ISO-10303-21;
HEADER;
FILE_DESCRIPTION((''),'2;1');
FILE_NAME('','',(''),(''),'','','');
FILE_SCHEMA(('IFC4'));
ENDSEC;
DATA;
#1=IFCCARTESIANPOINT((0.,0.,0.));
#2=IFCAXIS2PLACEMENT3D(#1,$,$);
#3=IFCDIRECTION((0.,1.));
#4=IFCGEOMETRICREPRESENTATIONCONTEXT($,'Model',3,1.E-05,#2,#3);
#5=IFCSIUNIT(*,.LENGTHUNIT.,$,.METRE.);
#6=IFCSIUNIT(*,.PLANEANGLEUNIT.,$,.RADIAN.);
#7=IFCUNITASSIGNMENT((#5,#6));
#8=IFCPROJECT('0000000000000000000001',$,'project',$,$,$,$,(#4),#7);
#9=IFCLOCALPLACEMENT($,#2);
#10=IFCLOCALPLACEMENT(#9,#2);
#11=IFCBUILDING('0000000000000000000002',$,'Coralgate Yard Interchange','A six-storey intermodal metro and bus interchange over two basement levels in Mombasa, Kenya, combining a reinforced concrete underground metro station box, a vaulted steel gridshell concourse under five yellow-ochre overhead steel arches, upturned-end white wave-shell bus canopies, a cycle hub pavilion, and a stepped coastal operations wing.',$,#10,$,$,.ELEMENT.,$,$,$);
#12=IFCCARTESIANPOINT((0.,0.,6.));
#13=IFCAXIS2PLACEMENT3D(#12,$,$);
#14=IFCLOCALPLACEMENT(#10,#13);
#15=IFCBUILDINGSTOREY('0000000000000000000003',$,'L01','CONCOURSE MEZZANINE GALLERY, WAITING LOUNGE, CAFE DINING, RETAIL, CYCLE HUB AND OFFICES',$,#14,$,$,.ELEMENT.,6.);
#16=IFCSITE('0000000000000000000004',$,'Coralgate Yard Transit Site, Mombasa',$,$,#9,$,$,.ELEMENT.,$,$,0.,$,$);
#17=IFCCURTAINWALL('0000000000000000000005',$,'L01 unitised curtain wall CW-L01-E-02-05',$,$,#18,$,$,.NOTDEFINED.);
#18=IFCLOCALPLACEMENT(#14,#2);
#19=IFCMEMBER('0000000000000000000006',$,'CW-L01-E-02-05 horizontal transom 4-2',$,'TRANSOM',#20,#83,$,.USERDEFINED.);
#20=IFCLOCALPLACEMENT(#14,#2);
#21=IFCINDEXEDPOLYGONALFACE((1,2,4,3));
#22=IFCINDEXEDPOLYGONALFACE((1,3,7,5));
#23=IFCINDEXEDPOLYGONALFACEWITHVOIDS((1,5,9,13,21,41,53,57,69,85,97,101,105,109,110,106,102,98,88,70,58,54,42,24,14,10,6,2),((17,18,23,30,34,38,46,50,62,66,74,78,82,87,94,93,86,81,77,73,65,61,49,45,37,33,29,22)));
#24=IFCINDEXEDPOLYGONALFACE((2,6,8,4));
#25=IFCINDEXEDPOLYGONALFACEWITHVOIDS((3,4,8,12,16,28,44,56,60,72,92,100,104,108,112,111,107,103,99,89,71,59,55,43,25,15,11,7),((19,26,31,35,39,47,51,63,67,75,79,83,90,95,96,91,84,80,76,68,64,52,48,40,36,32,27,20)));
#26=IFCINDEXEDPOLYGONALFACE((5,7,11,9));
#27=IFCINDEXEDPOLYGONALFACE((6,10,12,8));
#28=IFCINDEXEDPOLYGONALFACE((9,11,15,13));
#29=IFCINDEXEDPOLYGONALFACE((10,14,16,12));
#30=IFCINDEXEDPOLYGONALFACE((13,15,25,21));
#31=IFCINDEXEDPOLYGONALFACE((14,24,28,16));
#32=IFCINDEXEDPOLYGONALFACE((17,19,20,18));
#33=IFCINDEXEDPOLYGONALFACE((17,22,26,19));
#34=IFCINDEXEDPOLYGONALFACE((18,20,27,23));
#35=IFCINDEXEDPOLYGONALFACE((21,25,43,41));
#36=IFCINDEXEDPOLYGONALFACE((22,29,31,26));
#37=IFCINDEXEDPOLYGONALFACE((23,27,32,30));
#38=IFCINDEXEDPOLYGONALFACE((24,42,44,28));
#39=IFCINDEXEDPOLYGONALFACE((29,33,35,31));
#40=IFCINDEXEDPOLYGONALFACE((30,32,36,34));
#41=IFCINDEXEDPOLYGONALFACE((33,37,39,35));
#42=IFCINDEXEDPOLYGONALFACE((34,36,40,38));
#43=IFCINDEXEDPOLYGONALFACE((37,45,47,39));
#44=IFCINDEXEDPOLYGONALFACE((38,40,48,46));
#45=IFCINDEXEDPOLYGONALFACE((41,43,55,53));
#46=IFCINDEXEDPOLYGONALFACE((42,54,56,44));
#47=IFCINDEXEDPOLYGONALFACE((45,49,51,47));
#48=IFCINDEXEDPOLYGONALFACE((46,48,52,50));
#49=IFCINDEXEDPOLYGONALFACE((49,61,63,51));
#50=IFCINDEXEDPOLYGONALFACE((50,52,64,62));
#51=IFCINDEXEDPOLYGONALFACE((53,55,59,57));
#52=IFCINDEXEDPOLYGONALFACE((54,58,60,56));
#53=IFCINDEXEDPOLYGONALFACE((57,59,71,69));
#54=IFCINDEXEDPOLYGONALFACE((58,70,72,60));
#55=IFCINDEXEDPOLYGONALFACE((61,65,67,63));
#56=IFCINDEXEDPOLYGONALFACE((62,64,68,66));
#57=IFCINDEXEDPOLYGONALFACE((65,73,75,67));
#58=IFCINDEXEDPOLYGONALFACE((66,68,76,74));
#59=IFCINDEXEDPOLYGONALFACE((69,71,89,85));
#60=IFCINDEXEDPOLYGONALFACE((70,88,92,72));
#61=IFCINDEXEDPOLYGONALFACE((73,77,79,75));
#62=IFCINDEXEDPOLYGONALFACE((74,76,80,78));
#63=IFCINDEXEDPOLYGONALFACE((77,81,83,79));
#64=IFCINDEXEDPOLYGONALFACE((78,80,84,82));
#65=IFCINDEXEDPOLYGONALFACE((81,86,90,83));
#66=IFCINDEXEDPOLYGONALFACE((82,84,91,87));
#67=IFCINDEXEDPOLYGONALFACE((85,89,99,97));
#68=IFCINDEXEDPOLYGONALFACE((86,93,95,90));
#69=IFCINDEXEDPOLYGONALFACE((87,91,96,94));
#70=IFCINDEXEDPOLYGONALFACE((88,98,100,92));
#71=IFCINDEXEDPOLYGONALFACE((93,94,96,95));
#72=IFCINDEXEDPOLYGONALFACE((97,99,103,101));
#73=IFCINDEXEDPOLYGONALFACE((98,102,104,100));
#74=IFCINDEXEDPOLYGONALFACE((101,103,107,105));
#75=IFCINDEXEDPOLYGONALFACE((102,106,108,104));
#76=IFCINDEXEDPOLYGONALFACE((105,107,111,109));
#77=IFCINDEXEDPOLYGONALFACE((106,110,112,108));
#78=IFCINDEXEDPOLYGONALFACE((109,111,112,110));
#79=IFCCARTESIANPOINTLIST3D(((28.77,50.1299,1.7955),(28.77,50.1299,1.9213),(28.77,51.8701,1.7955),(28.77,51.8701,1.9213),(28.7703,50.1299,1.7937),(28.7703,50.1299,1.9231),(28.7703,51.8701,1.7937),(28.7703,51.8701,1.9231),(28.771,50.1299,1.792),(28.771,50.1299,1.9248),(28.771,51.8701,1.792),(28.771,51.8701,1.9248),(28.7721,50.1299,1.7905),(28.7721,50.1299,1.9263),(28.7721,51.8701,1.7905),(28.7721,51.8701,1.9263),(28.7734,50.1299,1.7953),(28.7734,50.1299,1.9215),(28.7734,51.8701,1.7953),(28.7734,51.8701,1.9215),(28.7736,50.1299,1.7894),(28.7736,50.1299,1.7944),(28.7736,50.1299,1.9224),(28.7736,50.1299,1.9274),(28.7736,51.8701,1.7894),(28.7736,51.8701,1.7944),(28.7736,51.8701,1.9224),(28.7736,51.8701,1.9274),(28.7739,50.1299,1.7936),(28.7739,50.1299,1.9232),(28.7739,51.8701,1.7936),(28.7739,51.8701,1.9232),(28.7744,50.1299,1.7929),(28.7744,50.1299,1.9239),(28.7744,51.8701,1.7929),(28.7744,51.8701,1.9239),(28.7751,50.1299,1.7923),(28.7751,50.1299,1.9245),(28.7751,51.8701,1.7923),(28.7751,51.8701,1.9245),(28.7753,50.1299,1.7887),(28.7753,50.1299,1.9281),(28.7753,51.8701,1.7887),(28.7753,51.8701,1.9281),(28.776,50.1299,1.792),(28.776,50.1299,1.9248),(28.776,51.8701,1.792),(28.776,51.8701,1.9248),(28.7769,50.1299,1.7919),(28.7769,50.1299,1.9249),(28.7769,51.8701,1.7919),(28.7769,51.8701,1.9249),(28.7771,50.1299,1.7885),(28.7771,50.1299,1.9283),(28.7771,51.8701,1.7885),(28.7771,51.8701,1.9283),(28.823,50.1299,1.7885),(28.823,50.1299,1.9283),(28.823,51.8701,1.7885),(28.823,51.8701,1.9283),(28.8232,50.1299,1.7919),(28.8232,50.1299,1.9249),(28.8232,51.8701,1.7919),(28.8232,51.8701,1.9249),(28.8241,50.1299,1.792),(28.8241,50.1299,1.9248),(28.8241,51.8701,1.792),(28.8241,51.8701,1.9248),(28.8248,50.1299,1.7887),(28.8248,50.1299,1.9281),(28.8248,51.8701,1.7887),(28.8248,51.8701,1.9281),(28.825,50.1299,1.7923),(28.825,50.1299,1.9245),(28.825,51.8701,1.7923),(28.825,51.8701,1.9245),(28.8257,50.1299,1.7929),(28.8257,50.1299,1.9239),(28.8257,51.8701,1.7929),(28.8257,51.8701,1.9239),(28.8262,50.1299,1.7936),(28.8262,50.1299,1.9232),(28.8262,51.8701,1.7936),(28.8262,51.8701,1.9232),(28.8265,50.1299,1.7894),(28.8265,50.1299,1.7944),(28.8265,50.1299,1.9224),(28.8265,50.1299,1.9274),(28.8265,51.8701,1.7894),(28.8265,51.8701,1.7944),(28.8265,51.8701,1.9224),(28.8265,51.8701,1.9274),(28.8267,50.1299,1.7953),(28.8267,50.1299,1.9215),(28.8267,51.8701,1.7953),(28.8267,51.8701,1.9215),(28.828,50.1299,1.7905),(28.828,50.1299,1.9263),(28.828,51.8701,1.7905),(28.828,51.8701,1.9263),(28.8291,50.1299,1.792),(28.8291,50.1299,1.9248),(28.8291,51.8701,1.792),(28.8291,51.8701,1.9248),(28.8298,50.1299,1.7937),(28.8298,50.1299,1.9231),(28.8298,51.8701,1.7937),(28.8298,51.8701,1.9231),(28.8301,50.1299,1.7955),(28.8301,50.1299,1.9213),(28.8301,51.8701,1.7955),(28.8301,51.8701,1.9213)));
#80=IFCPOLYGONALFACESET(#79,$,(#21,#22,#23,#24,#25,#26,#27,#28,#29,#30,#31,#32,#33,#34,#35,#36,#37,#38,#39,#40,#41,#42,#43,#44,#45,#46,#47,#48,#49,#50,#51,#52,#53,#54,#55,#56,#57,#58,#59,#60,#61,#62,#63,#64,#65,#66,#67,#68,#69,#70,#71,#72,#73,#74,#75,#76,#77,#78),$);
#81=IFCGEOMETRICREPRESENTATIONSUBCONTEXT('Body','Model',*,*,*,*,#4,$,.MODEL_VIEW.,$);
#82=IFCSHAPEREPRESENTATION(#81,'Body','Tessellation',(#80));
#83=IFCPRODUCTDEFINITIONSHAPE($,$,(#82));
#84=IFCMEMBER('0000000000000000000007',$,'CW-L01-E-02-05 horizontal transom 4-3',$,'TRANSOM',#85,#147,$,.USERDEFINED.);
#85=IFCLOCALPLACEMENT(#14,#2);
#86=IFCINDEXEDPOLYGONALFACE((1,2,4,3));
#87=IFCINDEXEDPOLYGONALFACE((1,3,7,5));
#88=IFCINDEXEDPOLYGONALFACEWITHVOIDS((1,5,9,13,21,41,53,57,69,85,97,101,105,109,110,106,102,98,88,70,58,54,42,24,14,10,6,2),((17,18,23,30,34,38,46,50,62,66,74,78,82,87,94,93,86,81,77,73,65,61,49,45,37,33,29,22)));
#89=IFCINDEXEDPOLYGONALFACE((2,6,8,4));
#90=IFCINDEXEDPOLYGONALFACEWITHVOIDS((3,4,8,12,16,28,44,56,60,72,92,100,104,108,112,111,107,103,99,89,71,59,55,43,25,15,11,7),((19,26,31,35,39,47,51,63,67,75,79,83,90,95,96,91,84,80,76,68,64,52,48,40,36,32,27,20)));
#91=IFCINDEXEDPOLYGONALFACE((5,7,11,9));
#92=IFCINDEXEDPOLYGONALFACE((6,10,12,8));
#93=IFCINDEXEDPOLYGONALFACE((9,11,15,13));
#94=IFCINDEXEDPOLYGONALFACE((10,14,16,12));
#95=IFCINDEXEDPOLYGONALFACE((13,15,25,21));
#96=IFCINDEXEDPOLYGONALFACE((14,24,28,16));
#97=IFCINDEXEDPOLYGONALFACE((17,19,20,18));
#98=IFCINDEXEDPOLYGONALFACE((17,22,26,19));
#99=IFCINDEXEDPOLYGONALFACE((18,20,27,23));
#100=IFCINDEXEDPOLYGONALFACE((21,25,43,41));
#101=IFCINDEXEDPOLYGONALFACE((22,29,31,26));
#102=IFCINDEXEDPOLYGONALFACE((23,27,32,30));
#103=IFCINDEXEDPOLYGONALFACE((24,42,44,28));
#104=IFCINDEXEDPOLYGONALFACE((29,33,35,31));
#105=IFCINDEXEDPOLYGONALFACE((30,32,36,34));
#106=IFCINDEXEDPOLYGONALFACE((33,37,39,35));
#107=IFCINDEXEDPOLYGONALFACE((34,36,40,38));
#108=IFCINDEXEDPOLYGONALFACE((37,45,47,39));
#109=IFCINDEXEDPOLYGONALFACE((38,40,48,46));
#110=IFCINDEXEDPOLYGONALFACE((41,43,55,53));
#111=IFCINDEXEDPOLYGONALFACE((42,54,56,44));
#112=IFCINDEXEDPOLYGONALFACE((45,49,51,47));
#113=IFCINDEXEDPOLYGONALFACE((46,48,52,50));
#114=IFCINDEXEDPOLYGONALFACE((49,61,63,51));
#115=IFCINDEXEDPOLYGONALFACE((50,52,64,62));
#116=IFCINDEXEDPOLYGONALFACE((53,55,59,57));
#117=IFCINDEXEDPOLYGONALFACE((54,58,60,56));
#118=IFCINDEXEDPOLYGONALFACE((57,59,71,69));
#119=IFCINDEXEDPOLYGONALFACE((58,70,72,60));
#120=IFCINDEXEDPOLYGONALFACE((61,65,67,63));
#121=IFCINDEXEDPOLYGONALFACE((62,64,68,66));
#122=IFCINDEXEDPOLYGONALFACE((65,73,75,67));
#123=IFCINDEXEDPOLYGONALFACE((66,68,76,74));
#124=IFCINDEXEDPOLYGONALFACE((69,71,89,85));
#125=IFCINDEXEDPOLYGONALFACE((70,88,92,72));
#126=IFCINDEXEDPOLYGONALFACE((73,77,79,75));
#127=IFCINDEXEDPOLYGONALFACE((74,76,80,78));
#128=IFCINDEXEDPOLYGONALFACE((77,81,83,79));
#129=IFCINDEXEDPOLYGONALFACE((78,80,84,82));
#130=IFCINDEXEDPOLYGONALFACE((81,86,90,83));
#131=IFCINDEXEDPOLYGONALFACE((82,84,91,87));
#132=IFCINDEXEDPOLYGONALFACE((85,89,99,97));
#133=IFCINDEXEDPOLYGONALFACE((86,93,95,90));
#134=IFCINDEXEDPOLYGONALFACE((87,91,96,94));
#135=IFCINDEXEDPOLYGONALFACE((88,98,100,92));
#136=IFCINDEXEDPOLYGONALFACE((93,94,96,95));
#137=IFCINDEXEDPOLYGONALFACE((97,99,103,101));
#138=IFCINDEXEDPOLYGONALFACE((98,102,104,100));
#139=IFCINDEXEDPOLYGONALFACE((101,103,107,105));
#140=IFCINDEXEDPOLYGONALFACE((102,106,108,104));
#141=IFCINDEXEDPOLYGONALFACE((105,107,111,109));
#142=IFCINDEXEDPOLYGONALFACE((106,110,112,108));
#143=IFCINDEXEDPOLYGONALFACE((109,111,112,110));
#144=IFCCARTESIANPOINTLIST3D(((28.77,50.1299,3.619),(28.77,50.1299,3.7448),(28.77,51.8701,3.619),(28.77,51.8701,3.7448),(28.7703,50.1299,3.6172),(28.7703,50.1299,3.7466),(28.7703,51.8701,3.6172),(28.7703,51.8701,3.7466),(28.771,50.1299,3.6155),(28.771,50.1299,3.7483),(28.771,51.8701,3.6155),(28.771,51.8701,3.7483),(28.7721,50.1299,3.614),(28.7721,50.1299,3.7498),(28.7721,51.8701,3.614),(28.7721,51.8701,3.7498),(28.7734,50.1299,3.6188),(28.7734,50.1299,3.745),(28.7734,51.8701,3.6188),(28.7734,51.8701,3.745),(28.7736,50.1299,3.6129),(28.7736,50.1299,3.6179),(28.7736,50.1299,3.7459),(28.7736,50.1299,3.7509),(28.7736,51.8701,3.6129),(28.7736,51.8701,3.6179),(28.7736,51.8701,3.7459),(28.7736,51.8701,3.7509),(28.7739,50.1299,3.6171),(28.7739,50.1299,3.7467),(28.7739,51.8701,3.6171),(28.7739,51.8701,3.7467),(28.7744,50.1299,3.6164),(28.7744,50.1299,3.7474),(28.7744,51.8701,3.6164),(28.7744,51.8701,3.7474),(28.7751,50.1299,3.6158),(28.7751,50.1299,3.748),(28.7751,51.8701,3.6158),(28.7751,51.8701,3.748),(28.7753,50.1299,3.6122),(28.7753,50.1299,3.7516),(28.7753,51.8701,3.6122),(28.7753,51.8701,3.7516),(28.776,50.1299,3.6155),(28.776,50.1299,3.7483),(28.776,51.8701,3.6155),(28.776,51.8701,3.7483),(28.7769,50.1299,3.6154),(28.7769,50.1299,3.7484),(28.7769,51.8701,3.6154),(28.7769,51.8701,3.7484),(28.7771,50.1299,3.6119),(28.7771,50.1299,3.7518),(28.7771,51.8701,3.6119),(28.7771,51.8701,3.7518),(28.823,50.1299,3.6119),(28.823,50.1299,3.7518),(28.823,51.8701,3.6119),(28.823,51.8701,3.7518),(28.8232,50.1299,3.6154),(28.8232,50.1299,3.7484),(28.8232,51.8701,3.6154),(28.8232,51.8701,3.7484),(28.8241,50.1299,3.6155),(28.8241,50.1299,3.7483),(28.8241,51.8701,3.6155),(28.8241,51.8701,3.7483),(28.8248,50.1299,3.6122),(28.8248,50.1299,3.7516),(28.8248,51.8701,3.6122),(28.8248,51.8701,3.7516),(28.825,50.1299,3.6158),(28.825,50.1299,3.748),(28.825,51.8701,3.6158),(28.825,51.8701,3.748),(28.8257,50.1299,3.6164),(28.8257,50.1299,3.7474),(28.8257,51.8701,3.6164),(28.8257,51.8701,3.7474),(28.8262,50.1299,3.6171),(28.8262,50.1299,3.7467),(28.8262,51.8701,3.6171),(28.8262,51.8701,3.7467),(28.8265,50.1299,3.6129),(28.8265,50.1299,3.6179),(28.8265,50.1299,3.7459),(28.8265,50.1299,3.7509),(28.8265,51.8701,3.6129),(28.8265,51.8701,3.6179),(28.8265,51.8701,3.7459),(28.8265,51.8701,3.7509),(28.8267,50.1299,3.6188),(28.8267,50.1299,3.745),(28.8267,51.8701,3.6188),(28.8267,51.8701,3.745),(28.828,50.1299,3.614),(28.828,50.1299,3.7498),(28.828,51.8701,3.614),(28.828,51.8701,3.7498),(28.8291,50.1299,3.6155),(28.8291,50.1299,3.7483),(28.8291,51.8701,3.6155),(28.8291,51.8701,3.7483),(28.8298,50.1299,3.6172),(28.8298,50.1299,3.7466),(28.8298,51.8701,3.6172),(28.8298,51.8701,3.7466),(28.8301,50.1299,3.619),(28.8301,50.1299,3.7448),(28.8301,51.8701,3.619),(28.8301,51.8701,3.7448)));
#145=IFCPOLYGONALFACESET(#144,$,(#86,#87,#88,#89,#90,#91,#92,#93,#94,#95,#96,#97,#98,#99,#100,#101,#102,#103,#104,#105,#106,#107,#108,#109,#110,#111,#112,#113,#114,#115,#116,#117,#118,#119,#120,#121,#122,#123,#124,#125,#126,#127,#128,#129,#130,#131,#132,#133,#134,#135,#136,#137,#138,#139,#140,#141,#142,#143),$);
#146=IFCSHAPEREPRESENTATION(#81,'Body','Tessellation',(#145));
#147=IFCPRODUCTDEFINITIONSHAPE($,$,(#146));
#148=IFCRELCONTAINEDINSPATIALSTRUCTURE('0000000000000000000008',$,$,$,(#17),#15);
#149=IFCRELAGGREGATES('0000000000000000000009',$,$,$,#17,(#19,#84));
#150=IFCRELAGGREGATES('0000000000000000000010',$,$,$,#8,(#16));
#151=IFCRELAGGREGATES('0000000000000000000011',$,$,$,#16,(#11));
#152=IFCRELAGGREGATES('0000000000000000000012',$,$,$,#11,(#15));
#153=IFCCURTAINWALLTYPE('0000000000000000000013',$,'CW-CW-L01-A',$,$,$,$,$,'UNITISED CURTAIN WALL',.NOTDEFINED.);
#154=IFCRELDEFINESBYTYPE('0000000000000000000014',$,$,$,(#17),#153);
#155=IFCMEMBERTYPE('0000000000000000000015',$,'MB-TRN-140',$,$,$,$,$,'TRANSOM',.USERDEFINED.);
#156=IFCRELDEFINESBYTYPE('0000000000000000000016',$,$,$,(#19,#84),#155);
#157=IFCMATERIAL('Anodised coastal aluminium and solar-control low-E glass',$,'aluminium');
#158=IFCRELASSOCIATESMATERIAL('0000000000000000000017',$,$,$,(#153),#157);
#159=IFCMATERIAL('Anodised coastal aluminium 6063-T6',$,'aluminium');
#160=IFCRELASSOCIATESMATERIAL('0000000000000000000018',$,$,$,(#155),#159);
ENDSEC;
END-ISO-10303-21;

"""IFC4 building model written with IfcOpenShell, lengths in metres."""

from ifc_helpers import new_model, si_unit, direction, frame, origin, origin_2d, place, context, subcontext, project, spatial, hollow_rectangle, extrude, material, material_profile, profile_set, type_object, element, aggregate, save


model = new_model("IFC4")

# Units and contexts
model_context = context("Model", 3, precision=1e-05, world=origin(), true_north=direction((0.0, 1.0)))
body_context = subcontext(model_context, "Body", "Model", "MODEL_VIEW")
ifc_project = project(units=[si_unit("LENGTHUNIT", "METRE"), si_unit("PLANEANGLEUNIT", "RADIAN")], contexts=[model_context])

# Site, building, storey
site_placement = place(None, origin())
site = spatial("IfcSite", under=ifc_project, at=site_placement, Name="Coralgate Yard Transit Site, Mombasa", CompositionType="ELEMENT", RefElevation=0.0)
building_placement = place(site_placement, origin())
building = spatial("IfcBuilding", under=site, at=building_placement, Name="Coralgate Yard Interchange", Description="A six-storey intermodal metro and bus interchange over two basement levels in Mombasa, Kenya, combining a reinforced concrete underground metro station box, a vaulted steel gridshell concourse under five yellow-ochre overhead steel arches, upturned-end white wave-shell bus canopies, a cycle hub pavilion, and a stepped coastal operations wing.", CompositionType="ELEMENT")
storey_placement = place(building_placement, frame((0.0, 0.0, 6.0)))
storey = spatial("IfcBuildingStorey", under=building, at=storey_placement, Name="L01", Description="CONCOURSE MEZZANINE GALLERY, WAITING LOUNGE, CAFE DINING, RETAIL, CYCLE HUB AND OFFICES", CompositionType="ELEMENT", Elevation=6.0)

# Curtain wall
ifc_material_1 = material(Name="Anodised coastal aluminium and solar-control low-E glass", Category="aluminium")
ifc_material_2 = material(Name="Anodised coastal aluminium 6063-T6", Category="aluminium")
curtain_wall_type_1 = type_object("IfcCurtainWallType", Name="CW-CW-L01-A", ElementType="UNITISED CURTAIN WALL", PredefinedType="NOTDEFINED", material=ifc_material_1)
curtain_wall_1_placement = place(storey_placement, origin())
curtain_wall_1 = element("IfcCurtainWall", 1, at=curtain_wall_1_placement, inside=storey, type_object=curtain_wall_type_1, Name="L01 unitised curtain wall CW-L01-E-02-05", PredefinedType="NOTDEFINED")

# Members
ifc_material_profile_1 = material_profile(ifc_material_2, hollow_rectangle(XDim=0.0601, YDim=0.1399, WallThickness=0.0034, InnerFilletRadius=0.0034, OuterFilletRadius=0.0071, at=origin_2d()), Name="ALU 60x140x3.5")
ifc_profile_set_1 = profile_set([ifc_material_profile_1], Name="Anodised coastal aluminium 6063-T6")
member_type_1 = type_object("IfcMemberType", Name="MB-TRN-140", ElementType="TRANSOM", PredefinedType="USERDEFINED", material=ifc_profile_set_1)
member_1_placement = place(storey_placement, frame((28.8, 51.8701, 1.8584), z_axis=(0.0, -1.0, 0.0), x_axis=(1.0, 0.0, 0.0)))
member_1 = element("IfcMember", 2, at=member_1_placement, type_object=member_type_1, Name="CW-L01-E-02-05 horizontal transom 4-2", ObjectType="TRANSOM", PredefinedType="USERDEFINED", context=body_context, shape_type="SweptSolid", body=[
    extrude(hollow_rectangle(XDim=0.0601, YDim=0.1399, WallThickness=0.0034, InnerFilletRadius=0.0034, OuterFilletRadius=0.0071, at=origin_2d()), origin(), (0.0, 0.0, 1.0), 1.7402),
])
member_2_placement = place(storey_placement, frame((28.8, 51.8701, 3.6819), z_axis=(0.0, -1.0, 0.0), x_axis=(1.0, 0.0, 0.0)))
member_2 = element("IfcMember", 3, at=member_2_placement, type_object=member_type_1, Name="CW-L01-E-02-05 horizontal transom 4-3", ObjectType="TRANSOM", PredefinedType="USERDEFINED", context=body_context, shape_type="SweptSolid", body=[
    extrude(hollow_rectangle(XDim=0.0601, YDim=0.1399, WallThickness=0.0034, InnerFilletRadius=0.0034, OuterFilletRadius=0.0071, at=origin_2d()), origin(), (0.0, 0.0, 1.0), 1.7402),
])

aggregate(curtain_wall_1, [member_1, member_2])

save(model, "model.ifc")
